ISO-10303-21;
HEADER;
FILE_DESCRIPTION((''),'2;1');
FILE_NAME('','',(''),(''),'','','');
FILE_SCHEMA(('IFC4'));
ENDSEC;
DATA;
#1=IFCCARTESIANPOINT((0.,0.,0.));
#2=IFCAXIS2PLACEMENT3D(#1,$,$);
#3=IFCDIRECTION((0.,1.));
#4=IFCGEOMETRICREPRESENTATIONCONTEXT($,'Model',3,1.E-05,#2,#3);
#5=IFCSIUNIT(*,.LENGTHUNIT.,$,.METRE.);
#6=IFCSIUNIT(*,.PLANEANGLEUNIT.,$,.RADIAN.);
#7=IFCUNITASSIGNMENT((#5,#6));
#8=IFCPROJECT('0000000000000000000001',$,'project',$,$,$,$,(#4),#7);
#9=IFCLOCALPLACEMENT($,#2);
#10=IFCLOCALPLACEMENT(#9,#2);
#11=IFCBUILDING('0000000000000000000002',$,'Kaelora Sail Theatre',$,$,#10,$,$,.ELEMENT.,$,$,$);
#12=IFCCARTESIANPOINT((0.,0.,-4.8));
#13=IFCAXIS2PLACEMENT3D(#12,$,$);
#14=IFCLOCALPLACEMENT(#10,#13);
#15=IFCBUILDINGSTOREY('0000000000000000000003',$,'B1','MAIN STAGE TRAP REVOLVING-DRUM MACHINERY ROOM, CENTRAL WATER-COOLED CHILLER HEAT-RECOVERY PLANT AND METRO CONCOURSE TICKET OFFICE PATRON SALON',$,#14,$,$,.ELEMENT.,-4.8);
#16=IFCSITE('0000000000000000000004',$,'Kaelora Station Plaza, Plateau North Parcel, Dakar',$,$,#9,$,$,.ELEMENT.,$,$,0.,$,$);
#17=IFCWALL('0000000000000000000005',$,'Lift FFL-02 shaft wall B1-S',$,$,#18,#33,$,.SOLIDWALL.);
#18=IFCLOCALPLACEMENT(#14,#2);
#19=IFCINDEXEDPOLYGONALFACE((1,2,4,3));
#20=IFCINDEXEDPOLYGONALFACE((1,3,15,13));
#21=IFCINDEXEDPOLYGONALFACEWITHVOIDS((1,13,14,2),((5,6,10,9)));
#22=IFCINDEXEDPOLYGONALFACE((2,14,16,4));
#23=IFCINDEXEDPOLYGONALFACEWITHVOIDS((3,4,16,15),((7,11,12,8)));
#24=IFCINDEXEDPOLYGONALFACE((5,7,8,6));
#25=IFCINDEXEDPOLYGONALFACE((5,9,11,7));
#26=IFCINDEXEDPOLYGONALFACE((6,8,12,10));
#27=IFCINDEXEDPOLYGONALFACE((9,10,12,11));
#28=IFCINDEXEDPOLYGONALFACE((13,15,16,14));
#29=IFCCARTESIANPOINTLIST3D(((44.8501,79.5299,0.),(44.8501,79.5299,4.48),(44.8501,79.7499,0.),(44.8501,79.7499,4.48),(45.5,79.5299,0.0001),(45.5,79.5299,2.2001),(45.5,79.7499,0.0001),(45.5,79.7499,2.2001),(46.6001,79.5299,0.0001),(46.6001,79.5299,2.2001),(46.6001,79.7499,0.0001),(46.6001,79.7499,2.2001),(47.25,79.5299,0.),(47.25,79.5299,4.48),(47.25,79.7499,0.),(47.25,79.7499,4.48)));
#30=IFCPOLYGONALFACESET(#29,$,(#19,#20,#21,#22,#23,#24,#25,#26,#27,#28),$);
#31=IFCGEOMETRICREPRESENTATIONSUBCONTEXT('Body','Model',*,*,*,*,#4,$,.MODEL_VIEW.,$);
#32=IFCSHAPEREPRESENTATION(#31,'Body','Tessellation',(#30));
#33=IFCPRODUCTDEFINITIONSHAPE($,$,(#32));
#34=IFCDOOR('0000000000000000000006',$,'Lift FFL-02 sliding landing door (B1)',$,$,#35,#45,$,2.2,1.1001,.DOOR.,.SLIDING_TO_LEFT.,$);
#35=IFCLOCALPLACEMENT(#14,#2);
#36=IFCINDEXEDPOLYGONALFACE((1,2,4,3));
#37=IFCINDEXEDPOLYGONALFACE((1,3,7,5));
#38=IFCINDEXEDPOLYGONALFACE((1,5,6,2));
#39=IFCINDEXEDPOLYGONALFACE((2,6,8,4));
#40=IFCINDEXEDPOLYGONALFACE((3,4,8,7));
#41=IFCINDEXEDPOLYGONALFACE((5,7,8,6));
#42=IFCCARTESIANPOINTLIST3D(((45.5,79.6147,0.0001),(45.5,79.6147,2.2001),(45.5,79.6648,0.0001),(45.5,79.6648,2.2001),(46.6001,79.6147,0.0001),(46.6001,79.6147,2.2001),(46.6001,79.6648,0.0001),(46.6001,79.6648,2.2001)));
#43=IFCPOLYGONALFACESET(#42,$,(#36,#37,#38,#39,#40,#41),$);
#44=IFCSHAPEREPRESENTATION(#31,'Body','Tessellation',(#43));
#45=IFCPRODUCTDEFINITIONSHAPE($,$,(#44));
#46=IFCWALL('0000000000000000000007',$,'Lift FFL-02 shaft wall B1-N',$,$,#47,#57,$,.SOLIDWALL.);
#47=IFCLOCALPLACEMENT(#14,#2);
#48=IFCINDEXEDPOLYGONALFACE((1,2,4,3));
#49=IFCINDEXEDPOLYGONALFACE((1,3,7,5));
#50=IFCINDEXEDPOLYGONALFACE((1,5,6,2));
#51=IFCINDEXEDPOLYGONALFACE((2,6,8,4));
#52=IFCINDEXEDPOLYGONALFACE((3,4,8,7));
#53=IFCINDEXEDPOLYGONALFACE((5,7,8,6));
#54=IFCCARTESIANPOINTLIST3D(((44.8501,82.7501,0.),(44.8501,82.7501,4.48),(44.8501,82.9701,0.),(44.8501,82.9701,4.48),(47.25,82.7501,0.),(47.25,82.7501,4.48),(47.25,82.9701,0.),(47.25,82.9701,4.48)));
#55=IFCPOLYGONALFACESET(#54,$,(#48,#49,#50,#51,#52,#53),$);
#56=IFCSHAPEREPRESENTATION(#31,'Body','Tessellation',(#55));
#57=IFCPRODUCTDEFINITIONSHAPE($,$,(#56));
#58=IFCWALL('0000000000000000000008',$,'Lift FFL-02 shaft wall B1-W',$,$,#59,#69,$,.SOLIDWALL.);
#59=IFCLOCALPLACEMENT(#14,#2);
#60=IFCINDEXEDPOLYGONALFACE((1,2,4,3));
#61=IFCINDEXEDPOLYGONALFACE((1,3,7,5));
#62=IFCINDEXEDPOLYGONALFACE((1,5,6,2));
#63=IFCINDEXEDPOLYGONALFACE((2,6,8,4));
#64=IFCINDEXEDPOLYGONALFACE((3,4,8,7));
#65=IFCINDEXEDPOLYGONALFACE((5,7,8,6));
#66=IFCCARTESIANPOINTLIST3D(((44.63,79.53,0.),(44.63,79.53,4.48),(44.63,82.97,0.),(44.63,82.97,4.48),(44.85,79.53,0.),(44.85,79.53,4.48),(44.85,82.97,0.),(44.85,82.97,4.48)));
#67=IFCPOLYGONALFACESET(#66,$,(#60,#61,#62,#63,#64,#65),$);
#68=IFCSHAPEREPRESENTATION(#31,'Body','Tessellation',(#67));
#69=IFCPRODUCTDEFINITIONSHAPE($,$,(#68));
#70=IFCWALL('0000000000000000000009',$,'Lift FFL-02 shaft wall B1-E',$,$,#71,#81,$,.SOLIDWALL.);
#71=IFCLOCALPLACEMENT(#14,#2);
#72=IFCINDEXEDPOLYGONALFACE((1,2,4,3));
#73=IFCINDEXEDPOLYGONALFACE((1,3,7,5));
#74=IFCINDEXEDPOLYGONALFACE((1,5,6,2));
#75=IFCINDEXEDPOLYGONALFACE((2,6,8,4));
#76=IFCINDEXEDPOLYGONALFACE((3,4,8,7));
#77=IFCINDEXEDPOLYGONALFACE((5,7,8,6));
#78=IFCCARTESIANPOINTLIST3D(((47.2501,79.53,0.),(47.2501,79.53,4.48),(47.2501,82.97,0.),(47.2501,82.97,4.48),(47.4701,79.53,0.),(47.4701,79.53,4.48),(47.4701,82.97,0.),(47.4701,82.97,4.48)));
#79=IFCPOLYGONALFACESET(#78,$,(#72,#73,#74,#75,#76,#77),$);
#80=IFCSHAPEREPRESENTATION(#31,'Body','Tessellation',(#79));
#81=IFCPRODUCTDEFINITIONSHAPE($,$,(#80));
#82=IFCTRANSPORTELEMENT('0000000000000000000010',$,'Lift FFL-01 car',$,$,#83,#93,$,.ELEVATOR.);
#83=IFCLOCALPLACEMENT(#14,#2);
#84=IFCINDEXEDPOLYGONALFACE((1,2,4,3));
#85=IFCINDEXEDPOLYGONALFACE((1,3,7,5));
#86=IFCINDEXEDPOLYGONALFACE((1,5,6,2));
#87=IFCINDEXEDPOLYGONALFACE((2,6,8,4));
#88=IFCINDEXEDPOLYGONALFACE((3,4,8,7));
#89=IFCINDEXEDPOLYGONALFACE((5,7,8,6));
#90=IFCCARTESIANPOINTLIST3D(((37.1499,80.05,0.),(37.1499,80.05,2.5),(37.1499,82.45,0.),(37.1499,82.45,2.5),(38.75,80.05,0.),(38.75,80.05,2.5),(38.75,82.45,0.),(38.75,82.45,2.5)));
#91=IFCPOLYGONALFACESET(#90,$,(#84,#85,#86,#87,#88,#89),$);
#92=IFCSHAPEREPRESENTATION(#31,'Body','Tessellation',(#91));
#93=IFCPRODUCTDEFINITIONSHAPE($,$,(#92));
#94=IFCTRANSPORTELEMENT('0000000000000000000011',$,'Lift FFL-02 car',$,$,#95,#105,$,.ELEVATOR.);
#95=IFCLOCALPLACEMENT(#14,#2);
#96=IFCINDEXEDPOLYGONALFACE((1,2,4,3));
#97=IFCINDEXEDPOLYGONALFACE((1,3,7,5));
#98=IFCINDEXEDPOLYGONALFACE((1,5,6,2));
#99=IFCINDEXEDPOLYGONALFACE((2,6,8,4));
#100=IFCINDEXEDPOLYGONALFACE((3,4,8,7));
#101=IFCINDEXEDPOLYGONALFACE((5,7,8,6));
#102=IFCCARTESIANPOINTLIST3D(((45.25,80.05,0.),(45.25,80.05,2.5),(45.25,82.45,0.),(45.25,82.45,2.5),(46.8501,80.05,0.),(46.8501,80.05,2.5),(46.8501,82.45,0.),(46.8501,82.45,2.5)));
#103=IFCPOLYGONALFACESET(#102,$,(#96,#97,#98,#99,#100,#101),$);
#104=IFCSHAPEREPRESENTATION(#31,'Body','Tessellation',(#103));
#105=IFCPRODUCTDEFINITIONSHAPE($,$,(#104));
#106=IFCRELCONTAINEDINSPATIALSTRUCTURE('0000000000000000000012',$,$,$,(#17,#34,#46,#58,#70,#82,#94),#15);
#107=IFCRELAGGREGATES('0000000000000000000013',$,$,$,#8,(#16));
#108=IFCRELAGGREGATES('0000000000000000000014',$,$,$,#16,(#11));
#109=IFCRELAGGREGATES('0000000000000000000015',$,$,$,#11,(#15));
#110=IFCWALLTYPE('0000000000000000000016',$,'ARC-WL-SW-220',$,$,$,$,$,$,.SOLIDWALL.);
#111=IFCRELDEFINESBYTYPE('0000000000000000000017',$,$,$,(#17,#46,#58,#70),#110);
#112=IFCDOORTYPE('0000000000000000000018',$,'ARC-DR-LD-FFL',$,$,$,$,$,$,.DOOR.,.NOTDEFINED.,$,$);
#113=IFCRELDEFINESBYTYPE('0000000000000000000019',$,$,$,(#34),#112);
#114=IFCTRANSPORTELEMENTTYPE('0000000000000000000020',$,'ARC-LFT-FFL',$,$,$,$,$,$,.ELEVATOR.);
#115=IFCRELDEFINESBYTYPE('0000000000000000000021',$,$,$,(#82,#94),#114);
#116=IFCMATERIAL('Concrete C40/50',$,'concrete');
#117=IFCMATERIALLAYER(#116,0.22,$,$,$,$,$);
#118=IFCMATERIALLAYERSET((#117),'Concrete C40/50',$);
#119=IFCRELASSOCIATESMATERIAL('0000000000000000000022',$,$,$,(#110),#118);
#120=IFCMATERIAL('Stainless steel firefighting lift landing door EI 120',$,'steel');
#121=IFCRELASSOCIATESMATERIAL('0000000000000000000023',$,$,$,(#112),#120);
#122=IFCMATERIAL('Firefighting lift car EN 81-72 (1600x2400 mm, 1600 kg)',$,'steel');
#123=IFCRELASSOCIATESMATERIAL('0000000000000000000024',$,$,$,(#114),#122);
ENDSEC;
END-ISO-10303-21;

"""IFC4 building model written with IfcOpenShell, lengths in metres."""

from ifc_helpers import new_model, si_unit, direction, frame, frame_2d, origin, origin_2d, place, context, subcontext, project, spatial, rectangle, extrude, material, layer, layer_set, type_object, element, fill, save


model = new_model("IFC4")

# Units and contexts
model_context = context("Model", 3, precision=1e-05, world=origin(), true_north=direction((0.0, 1.0)))
body_context = subcontext(model_context, "Body", "Model", "MODEL_VIEW")
ifc_project = project(units=[si_unit("LENGTHUNIT", "METRE"), si_unit("PLANEANGLEUNIT", "RADIAN")], contexts=[model_context])

# Site, building, storey
site_placement = place(None, origin())
site = spatial("IfcSite", under=ifc_project, at=site_placement, Name="Kaelora Station Plaza, Plateau North Parcel, Dakar", CompositionType="ELEMENT", RefElevation=0.0)
building_placement = place(site_placement, origin())
building = spatial("IfcBuilding", under=site, at=building_placement, Name="Kaelora Sail Theatre", CompositionType="ELEMENT")
storey_placement = place(building_placement, frame((0.0, 0.0, -4.8)))
storey = spatial("IfcBuildingStorey", under=building, at=storey_placement, Name="B1", Description="MAIN STAGE TRAP REVOLVING-DRUM MACHINERY ROOM, CENTRAL WATER-COOLED CHILLER HEAT-RECOVERY PLANT AND METRO CONCOURSE TICKET OFFICE PATRON SALON", CompositionType="ELEMENT", Elevation=-4.8)

# Shared definitions
ifc_material_1 = material(Name="Concrete C40/50", Category="concrete")
ifc_layer_1 = layer(ifc_material_1, 0.22)
ifc_layer_set_1 = layer_set([ifc_layer_1], Name="Concrete C40/50")
wall_type_1 = type_object("IfcWallType", Name="ARC-WL-SW-220", PredefinedType="SOLIDWALL", material=ifc_layer_set_1)
ifc_material_2 = material(Name="Stainless steel firefighting lift landing door EI 120", Category="steel")
door_type_1 = type_object("IfcDoorType", Name="ARC-DR-LD-FFL", OperationType="NOTDEFINED", PredefinedType="DOOR", material=ifc_material_2)

# Wall, opening, door
wall_1_placement = place(storey_placement, frame((44.8501, 79.6399, 0.0), z_axis=(0.0, 0.0, 1.0), x_axis=(1.0, 0.0, 0.0)))
wall_1 = element("IfcWall", 1, at=wall_1_placement, inside=storey, type_object=wall_type_1, Name="Lift FFL-02 shaft wall B1-S", PredefinedType="SOLIDWALL", context=body_context, shape_type="SweptSolid", body=[
    extrude(rectangle(XDim=2.3999, YDim=0.22, at=frame_2d((1.2, 0.0))), origin(), (0.0, 0.0, 1.0), 4.48),
])
opening_1_placement = place(wall_1_placement, frame((0.6499, 0.0, 0.0)))
opening_1 = element("IfcOpeningElement", 2, at=opening_1_placement, cuts=wall_1, PredefinedType="OPENING", context=body_context, shape_type="SweptSolid", body=[
    extrude(rectangle(XDim=1.1001, YDim=2.2, at=frame_2d((0.55, 1.1001))), frame((0.0, 0.1199, 0.0), z_axis=(0.0, -1.0, 0.0), x_axis=(1.0, 0.0, 0.0)), (0.0, 0.0, 1.0), 0.24),
])
door_1_placement = place(opening_1_placement, origin())
door_1 = element("IfcDoor", 3, at=door_1_placement, inside=storey, type_object=door_type_1, Name="Lift FFL-02 sliding landing door (B1)", OperationType="SLIDING_TO_LEFT", OverallHeight=2.2, OverallWidth=1.1001, PredefinedType="DOOR", context=body_context, shape_type="SweptSolid", body=[
    extrude(rectangle(XDim=1.1001, YDim=2.2, at=frame_2d((0.55, 1.1001))), frame((0.0, 0.0249, 0.0), z_axis=(0.0, -1.0, 0.0), x_axis=(1.0, 0.0, 0.0)), (0.0, 0.0, 1.0), 0.05),
])
fill(opening_1, door_1)

# Walls
wall_2_placement = place(storey_placement, frame((44.8501, 82.8601, 0.0), z_axis=(0.0, 0.0, 1.0), x_axis=(1.0, 0.0, 0.0)))
element("IfcWall", 4, at=wall_2_placement, inside=storey, type_object=wall_type_1, Name="Lift FFL-02 shaft wall B1-N", PredefinedType="SOLIDWALL", context=body_context, shape_type="SweptSolid", body=[
    extrude(rectangle(XDim=2.3999, YDim=0.22, at=frame_2d((1.2, 0.0))), origin(), (0.0, 0.0, 1.0), 4.48),
])
for number, where, z_axis, x_axis, name in (
    (5, (44.74, 79.53, 0.0), (0.0, 0.0, 1.0), (0.0, 1.0, 0.0), "Lift FFL-02 shaft wall B1-W"),
    (6, (47.3601, 79.53, 0.0), (0.0, 0.0, 1.0), (0.0, 1.0, 0.0), "Lift FFL-02 shaft wall B1-E"),
):
    element("IfcWall", number, at=place(storey_placement, frame(where, z_axis=z_axis, x_axis=x_axis)), inside=storey, type_object=wall_type_1, Name=name, PredefinedType="SOLIDWALL", context=body_context, shape_type="SweptSolid", body=[
        extrude(rectangle(XDim=3.4399, YDim=0.22, at=frame_2d((1.72, 0.0))), origin(), (0.0, 0.0, 1.0), 4.48),
    ])

# Transport elements
ifc_material_3 = material(Name="Firefighting lift car EN 81-72 (1600x2400 mm, 1600 kg)", Category="steel")
transport_element_type = type_object("IfcTransportElementType", Name="ARC-LFT-FFL", PredefinedType="ELEVATOR", material=ifc_material_3)
for number, where, z_axis, x_axis, name in (
    (7, (37.95, 81.25, 0.0), (0.0, 0.0, 1.0), (1.0, 0.0, 0.0), "Lift FFL-01 car"),
    (8, (46.05, 81.25, 0.0), (0.0, 0.0, 1.0), (1.0, 0.0, 0.0), "Lift FFL-02 car"),
):
    element("IfcTransportElement", number, at=place(storey_placement, frame(where, z_axis=z_axis, x_axis=x_axis)), inside=storey, type_object=transport_element_type, Name=name, PredefinedType="ELEVATOR", context=body_context, shape_type="SweptSolid", body=[
        extrude(rectangle(XDim=1.6001, YDim=2.3999, at=origin_2d()), origin(), (0.0, 0.0, 1.0), 2.5),
    ])

save(model, "model.ifc")
